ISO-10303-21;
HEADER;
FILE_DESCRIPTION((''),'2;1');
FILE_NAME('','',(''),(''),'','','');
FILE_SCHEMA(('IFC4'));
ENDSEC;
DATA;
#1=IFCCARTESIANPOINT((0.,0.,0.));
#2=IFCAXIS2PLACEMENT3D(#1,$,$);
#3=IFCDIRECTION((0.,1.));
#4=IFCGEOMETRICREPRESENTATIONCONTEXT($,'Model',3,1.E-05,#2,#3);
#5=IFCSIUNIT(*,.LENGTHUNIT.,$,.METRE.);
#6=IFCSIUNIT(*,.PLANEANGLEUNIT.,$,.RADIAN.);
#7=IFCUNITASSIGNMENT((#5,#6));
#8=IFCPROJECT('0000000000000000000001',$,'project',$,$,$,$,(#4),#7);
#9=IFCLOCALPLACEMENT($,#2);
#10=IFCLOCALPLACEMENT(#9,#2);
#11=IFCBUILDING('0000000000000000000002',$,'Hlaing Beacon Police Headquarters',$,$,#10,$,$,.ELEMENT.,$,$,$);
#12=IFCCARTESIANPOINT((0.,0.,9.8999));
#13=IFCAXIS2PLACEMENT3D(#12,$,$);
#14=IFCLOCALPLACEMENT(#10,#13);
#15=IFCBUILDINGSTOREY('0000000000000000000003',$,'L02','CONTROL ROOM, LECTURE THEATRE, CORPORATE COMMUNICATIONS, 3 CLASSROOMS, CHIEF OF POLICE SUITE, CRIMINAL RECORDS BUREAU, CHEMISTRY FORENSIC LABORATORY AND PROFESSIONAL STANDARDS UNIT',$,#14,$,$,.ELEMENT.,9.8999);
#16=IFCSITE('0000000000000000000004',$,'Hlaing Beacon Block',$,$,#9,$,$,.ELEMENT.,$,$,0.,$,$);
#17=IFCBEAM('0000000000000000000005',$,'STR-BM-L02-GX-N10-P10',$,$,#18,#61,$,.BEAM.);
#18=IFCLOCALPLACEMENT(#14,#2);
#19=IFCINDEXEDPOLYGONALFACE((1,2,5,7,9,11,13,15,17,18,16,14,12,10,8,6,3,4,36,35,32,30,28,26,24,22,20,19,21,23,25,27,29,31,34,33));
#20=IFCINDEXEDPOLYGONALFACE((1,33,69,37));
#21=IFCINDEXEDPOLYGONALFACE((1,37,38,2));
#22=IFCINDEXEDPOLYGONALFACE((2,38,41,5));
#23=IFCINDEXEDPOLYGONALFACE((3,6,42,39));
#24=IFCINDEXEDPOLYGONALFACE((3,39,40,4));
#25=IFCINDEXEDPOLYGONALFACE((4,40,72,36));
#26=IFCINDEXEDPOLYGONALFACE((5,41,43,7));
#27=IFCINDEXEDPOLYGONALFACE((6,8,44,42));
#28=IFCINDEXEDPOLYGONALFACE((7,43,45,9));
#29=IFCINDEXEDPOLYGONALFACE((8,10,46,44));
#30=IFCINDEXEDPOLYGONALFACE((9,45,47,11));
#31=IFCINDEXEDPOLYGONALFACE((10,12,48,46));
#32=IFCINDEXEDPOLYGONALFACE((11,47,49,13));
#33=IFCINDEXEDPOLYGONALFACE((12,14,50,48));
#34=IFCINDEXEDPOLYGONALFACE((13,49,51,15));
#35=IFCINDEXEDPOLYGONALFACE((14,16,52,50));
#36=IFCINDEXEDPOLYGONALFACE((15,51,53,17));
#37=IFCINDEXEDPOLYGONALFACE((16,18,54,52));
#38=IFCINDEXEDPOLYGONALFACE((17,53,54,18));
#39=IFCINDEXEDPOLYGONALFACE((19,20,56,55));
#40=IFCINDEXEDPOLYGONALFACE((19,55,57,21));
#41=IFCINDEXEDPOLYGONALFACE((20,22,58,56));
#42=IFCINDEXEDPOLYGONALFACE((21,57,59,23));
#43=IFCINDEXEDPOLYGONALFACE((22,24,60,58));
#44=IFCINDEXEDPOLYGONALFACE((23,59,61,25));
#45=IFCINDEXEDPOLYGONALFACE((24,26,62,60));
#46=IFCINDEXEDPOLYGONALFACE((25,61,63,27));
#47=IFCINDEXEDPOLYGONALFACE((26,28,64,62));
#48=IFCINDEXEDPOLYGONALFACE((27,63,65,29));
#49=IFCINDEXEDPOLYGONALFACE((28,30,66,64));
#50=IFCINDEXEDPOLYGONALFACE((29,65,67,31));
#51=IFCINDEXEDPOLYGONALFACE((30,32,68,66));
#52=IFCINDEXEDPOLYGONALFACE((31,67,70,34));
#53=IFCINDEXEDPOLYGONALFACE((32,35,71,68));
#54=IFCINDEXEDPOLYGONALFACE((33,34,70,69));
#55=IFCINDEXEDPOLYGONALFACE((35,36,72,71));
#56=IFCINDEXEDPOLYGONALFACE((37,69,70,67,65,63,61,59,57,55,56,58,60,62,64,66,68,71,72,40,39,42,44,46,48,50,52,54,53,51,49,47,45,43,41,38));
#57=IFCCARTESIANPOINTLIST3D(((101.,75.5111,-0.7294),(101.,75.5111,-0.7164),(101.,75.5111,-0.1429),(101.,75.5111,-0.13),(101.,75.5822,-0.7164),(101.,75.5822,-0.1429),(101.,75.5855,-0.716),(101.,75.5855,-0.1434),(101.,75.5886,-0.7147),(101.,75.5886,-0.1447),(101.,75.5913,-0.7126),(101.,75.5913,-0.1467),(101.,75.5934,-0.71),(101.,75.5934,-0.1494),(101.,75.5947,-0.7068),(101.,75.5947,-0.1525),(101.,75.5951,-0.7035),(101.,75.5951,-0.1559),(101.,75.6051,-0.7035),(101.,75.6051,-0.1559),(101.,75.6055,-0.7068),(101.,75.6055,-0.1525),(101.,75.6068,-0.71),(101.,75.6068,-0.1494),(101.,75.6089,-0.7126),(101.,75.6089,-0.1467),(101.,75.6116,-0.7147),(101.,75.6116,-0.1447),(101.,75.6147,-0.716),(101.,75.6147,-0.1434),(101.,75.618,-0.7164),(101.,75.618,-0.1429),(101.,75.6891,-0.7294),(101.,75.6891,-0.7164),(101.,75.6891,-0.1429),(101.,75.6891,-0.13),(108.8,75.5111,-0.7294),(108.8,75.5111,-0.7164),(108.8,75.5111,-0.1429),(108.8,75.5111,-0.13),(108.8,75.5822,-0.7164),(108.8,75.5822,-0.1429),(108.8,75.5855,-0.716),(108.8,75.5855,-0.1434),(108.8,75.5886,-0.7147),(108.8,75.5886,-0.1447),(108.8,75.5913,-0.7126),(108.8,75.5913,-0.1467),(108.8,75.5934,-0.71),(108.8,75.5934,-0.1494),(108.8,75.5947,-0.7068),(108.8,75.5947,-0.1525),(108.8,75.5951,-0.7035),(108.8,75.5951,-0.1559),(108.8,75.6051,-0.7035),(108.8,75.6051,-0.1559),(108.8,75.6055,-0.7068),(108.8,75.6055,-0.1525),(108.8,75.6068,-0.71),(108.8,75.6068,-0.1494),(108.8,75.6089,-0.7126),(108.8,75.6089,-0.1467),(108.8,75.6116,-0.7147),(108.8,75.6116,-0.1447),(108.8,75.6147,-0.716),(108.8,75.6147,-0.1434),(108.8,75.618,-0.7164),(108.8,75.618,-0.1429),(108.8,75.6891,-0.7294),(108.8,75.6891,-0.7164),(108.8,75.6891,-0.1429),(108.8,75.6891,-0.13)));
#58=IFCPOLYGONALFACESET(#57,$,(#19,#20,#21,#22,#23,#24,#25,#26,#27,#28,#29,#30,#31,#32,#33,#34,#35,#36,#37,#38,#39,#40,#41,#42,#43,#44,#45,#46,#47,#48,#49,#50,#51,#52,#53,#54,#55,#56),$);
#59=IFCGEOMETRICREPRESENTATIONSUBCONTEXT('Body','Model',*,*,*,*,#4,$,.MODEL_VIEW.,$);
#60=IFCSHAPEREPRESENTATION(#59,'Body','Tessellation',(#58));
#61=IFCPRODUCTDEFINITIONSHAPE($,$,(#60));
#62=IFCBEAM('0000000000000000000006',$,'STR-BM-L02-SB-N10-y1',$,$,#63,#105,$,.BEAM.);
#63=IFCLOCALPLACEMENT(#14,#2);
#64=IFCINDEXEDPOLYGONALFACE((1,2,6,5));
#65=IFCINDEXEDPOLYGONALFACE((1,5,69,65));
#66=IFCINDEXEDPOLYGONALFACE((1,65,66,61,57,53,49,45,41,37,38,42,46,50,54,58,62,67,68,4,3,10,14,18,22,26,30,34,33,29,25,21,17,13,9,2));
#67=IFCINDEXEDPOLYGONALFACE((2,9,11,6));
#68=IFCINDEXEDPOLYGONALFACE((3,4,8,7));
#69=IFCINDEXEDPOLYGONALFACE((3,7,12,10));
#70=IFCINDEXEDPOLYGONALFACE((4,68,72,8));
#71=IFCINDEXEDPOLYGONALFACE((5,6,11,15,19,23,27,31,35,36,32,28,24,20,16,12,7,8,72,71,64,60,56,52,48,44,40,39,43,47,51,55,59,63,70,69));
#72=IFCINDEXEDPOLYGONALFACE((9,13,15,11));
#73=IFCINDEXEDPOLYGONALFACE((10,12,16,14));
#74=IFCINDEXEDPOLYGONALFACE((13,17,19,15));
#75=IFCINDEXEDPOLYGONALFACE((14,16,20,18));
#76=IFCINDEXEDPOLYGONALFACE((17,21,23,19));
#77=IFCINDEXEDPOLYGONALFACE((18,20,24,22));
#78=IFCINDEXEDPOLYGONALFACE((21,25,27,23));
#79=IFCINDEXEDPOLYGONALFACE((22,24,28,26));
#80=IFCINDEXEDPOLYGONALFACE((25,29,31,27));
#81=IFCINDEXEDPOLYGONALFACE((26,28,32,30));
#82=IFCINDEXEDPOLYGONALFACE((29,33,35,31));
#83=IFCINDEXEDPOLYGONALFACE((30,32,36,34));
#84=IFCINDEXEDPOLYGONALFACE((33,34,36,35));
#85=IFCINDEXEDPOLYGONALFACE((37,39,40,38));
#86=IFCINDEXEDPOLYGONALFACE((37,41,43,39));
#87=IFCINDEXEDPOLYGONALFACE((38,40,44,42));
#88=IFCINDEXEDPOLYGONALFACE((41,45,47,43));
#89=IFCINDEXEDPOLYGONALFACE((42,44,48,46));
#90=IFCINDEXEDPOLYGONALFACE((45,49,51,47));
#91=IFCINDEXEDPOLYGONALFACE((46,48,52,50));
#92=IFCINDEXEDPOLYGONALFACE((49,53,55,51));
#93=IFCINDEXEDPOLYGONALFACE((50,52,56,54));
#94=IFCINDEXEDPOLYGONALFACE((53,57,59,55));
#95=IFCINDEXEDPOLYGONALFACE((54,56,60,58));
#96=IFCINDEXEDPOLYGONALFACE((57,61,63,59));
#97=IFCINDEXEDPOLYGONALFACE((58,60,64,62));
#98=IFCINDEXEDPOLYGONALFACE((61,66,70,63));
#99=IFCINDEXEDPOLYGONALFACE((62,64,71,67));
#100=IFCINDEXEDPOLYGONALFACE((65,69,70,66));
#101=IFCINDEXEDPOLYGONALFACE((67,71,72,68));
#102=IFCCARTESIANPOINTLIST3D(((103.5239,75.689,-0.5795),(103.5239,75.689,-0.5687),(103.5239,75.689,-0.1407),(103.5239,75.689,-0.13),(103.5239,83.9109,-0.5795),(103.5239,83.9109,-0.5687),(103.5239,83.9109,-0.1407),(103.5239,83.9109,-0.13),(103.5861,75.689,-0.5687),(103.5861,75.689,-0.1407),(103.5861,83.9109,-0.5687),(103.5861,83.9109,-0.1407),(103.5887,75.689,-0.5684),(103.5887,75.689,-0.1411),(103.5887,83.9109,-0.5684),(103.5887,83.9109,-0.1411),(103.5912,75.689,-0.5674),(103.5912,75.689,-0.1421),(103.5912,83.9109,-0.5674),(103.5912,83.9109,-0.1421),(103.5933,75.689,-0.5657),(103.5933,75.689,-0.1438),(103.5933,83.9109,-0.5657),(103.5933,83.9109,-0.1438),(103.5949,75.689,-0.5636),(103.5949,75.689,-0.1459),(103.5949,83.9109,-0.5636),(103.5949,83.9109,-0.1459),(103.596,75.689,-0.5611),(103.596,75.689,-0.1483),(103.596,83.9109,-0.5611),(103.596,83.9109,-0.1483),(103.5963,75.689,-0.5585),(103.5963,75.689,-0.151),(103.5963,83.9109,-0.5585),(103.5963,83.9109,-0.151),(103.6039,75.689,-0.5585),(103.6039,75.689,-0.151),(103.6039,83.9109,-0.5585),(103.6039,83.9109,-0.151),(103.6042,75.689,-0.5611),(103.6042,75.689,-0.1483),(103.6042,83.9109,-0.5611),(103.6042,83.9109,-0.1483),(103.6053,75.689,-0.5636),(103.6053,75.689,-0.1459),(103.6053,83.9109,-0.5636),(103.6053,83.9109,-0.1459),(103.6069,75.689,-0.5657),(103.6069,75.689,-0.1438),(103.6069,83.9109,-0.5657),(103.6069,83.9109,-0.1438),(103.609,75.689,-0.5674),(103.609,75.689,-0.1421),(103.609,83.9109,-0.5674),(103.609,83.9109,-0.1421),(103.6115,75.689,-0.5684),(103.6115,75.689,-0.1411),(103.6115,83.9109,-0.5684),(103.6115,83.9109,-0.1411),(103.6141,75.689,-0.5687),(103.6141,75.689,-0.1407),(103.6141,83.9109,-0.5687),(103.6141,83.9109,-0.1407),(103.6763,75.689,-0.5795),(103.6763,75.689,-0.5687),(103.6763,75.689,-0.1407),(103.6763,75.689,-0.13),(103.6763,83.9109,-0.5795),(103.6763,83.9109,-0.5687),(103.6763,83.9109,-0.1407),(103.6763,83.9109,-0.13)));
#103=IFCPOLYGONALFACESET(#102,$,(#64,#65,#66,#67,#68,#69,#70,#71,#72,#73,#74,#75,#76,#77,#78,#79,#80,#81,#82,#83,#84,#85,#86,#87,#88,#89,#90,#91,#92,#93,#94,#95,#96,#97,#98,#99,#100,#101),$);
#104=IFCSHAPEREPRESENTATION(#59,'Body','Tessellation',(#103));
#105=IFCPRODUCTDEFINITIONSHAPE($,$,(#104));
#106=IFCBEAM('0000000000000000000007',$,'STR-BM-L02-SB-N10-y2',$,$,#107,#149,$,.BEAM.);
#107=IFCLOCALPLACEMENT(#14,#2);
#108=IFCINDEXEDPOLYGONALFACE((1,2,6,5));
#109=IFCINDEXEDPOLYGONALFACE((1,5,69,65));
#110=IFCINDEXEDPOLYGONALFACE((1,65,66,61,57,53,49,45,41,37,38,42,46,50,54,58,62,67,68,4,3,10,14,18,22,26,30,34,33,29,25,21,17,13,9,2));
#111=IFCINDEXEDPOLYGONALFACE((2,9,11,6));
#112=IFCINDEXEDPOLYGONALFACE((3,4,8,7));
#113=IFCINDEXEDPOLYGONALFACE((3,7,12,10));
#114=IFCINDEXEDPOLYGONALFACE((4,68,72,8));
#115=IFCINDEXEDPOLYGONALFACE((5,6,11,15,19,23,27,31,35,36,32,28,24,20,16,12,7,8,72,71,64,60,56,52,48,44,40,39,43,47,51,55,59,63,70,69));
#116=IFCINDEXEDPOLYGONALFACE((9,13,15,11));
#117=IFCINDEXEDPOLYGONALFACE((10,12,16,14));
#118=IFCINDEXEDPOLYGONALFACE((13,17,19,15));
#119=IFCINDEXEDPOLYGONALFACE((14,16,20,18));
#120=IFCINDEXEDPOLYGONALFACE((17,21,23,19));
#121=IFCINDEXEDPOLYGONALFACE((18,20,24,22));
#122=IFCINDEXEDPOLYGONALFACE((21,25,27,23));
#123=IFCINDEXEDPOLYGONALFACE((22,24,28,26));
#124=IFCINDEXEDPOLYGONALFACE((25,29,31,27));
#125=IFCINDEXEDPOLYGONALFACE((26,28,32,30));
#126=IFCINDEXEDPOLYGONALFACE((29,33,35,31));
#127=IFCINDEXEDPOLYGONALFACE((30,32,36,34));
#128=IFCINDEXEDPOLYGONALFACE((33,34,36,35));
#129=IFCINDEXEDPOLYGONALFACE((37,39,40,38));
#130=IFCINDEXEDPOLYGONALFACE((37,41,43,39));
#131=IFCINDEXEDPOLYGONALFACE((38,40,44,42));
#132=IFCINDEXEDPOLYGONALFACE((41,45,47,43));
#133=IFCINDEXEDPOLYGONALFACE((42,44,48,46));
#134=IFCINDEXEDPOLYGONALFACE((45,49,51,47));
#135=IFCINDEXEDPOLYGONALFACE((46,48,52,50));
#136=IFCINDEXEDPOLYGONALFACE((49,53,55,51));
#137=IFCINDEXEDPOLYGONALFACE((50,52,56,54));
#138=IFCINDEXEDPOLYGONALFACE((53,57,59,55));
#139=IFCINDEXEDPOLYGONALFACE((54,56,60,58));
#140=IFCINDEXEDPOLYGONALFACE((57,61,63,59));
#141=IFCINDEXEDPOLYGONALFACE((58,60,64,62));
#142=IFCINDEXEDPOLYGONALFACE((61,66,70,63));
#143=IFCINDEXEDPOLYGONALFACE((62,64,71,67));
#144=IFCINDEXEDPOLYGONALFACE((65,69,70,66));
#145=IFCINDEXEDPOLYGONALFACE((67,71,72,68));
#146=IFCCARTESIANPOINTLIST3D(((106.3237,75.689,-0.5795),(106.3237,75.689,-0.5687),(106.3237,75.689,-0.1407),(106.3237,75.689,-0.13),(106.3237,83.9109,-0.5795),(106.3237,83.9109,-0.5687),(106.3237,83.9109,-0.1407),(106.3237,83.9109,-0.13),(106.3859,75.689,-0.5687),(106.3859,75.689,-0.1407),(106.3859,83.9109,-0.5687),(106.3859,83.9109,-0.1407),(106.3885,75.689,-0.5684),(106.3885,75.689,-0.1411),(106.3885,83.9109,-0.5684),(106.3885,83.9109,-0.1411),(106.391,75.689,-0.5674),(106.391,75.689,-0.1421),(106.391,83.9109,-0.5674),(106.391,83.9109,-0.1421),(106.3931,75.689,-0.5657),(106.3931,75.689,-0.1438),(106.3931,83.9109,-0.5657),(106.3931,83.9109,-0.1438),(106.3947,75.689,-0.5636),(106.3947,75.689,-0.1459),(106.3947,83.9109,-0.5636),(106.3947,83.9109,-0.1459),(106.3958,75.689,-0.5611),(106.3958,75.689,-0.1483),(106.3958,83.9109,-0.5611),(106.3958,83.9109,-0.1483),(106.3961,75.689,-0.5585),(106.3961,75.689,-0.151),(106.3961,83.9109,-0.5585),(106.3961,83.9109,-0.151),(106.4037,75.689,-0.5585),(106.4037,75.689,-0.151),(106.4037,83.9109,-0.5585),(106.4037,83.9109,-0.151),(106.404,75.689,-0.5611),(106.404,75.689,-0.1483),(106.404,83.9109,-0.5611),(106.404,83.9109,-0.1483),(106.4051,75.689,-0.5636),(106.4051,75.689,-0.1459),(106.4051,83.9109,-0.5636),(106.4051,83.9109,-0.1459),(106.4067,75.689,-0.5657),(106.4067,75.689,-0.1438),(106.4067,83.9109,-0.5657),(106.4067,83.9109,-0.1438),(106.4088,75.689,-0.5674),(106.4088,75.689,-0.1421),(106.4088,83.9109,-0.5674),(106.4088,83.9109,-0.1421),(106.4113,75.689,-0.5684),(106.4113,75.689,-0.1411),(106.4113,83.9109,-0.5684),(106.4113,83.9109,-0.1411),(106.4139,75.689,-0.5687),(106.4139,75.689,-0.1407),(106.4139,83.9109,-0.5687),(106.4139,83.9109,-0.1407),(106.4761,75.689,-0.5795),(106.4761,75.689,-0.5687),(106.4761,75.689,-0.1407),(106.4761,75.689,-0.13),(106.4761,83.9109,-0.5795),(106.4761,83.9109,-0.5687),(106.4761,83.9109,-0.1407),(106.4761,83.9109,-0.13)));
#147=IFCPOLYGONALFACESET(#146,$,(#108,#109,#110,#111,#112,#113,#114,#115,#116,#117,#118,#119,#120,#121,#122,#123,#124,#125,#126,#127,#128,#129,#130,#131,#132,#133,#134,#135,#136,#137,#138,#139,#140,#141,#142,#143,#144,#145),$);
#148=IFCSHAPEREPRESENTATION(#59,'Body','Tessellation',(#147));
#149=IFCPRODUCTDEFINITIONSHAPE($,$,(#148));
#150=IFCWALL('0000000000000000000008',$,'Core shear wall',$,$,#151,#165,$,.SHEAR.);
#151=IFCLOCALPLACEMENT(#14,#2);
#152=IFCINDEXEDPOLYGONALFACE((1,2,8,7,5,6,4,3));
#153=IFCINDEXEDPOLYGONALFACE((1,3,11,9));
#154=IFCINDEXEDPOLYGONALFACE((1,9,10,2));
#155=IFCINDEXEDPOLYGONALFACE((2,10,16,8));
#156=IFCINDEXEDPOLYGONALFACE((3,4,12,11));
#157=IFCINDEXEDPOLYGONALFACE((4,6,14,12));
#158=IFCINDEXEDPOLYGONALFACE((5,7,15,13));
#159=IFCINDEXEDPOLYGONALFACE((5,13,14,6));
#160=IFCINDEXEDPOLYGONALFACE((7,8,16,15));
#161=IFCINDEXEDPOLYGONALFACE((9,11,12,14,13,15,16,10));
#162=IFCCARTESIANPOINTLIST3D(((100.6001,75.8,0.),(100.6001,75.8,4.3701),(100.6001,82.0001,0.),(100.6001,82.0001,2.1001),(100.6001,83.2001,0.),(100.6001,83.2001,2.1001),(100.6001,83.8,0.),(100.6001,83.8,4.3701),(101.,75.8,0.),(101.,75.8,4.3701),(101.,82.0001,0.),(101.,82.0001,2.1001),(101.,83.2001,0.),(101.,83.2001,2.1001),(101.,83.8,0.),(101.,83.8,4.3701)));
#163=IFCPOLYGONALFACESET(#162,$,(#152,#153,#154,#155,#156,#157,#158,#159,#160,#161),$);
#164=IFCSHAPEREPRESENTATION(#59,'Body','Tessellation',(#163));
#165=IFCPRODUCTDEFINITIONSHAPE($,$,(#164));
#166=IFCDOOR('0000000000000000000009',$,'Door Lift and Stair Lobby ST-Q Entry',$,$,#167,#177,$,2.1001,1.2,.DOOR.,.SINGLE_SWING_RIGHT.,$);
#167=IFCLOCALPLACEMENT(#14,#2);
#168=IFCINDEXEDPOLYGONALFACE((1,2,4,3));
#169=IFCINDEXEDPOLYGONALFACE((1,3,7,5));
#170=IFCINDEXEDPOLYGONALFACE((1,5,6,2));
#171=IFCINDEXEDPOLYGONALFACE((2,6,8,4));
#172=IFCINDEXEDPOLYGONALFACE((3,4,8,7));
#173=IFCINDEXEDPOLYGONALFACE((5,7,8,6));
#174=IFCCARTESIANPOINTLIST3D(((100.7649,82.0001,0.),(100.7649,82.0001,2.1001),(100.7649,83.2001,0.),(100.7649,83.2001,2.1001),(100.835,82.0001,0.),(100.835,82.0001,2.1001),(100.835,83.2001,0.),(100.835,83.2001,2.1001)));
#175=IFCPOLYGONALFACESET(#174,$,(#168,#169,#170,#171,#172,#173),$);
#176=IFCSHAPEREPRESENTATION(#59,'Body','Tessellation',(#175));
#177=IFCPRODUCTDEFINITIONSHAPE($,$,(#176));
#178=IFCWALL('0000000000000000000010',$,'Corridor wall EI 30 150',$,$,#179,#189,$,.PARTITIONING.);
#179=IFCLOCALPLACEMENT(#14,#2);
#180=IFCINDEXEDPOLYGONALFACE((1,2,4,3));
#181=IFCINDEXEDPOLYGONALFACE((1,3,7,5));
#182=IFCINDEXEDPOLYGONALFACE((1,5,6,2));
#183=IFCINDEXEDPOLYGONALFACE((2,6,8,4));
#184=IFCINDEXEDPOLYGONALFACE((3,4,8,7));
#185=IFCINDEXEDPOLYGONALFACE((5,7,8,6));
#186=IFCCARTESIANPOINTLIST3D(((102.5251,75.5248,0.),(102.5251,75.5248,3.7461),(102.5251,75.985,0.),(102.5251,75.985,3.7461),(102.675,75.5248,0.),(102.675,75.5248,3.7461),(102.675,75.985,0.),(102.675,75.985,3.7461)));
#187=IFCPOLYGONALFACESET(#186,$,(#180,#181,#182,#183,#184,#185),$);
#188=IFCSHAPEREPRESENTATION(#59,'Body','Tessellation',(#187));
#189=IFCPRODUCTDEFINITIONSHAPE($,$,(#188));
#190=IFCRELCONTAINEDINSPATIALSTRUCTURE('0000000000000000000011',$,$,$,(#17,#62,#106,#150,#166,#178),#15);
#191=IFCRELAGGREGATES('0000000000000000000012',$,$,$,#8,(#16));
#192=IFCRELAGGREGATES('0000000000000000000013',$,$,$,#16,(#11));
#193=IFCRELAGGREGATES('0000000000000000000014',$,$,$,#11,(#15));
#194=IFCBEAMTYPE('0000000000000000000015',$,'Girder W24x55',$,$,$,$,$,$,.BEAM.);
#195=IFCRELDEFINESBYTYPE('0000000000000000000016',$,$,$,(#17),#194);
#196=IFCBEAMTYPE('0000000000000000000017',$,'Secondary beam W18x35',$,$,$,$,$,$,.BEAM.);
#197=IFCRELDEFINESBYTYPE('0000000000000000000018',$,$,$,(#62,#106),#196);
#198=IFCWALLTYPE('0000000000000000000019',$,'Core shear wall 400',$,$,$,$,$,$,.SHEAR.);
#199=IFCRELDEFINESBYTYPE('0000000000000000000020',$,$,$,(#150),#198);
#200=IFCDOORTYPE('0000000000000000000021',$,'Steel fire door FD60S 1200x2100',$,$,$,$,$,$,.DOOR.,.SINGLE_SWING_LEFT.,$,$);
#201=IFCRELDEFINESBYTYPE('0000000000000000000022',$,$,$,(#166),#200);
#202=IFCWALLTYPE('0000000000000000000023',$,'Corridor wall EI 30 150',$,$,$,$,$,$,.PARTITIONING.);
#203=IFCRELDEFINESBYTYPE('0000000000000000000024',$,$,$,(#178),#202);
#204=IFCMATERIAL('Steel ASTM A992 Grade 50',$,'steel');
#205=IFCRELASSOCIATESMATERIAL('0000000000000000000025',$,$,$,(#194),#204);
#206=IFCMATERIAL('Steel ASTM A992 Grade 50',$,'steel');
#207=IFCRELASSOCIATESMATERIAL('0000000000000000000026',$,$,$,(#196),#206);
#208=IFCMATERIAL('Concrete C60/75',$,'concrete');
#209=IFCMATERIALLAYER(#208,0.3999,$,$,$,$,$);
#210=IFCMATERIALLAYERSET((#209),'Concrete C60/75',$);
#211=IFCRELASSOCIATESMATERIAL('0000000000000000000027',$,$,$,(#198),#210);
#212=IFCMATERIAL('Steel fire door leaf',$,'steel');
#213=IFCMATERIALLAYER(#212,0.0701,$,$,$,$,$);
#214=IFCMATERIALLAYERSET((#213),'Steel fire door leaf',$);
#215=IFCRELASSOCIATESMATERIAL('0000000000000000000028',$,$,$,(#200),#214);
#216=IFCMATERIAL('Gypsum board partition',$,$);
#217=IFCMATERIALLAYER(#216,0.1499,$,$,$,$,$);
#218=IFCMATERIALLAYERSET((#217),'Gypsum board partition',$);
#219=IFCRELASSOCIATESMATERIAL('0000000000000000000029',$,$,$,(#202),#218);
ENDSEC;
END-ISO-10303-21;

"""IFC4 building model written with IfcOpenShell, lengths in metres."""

from ifc_helpers import new_model, si_unit, direction, frame, frame_2d, origin, origin_2d, place, context, subcontext, project, spatial, rectangle, i_section, extrude, material, layer, layer_set, material_profile, profile_set, type_object, element, fill, save


model = new_model("IFC4")

# Units and contexts
model_context = context("Model", 3, precision=1e-05, world=origin(), true_north=direction((0.0, 1.0)))
body_context = subcontext(model_context, "Body", "Model", "MODEL_VIEW")
ifc_project = project(units=[si_unit("LENGTHUNIT", "METRE"), si_unit("PLANEANGLEUNIT", "RADIAN")], contexts=[model_context])

# Site, building, storey
site_placement = place(None, origin())
site = spatial("IfcSite", under=ifc_project, at=site_placement, Name="Hlaing Beacon Block", CompositionType="ELEMENT", RefElevation=0.0)
building_placement = place(site_placement, origin())
building = spatial("IfcBuilding", under=site, at=building_placement, Name="Hlaing Beacon Police Headquarters", CompositionType="ELEMENT")
storey_placement = place(building_placement, frame((0.0, 0.0, 9.8999)))
storey = spatial("IfcBuildingStorey", under=building, at=storey_placement, Name="L02", Description="CONTROL ROOM, LECTURE THEATRE, CORPORATE COMMUNICATIONS, 3 CLASSROOMS, CHIEF OF POLICE SUITE, CRIMINAL RECORDS BUREAU, CHEMISTRY FORENSIC LABORATORY AND PROFESSIONAL STANDARDS UNIT", CompositionType="ELEMENT", Elevation=9.8999)

# Beams
ifc_material_1 = material(Name="Steel ASTM A992 Grade 50", Category="steel")
ifc_material_profile_1 = material_profile(ifc_material_1, i_section(OverallWidth=0.178, OverallDepth=0.5994, WebThickness=0.01, FlangeThickness=0.0129, FilletRadius=0.0129, at=origin_2d()), Name="W24x55")
ifc_profile_set_1 = profile_set([ifc_material_profile_1], Name="Steel ASTM A992 Grade 50")
beam_type_1 = type_object("IfcBeamType", Name="Girder W24x55", PredefinedType="BEAM", material=ifc_profile_set_1)
beam_placement = place(storey_placement, frame((101.0, 75.6001, -0.4297), z_axis=(1.0, 0.0, 0.0), x_axis=(0.0, 1.0, 0.0)))
element("IfcBeam", 1, at=beam_placement, inside=storey, type_object=beam_type_1, Name="STR-BM-L02-GX-N10-P10", PredefinedType="BEAM", context=body_context, shape_type="SweptSolid", body=[
    extrude(i_section(OverallWidth=0.178, OverallDepth=0.5994, WebThickness=0.01, FlangeThickness=0.0129, FilletRadius=0.0129, at=origin_2d()), origin(), (0.0, 0.0, 1.0), 7.8),
])
ifc_material_2 = material(Name="Steel ASTM A992 Grade 50", Category="steel")
ifc_material_profile_2 = material_profile(ifc_material_2, i_section(OverallWidth=0.1523, OverallDepth=0.4495, WebThickness=0.0076, FlangeThickness=0.0107, FilletRadius=0.0103, at=origin_2d()), Name="W18x35")
ifc_profile_set_2 = profile_set([ifc_material_profile_2], Name="Steel ASTM A992 Grade 50")
beam_type_2 = type_object("IfcBeamType", Name="Secondary beam W18x35", PredefinedType="BEAM", material=ifc_profile_set_2)
for number, where, z_axis, x_axis, name in (
    (2, (103.6001, 75.689, -0.3547), (0.0, 1.0, 0.0), (-1.0, 0.0, 0.0), "STR-BM-L02-SB-N10-y1"),
    (3, (106.3999, 75.689, -0.3547), (0.0, 1.0, 0.0), (-1.0, 0.0, 0.0), "STR-BM-L02-SB-N10-y2"),
):
    element("IfcBeam", number, at=place(storey_placement, frame(where, z_axis=z_axis, x_axis=x_axis)), inside=storey, type_object=beam_type_2, Name=name, PredefinedType="BEAM", context=body_context, shape_type="SweptSolid", body=[
        extrude(i_section(OverallWidth=0.1523, OverallDepth=0.4495, WebThickness=0.0076, FlangeThickness=0.0107, FilletRadius=0.0103, at=origin_2d()), origin(), (0.0, 0.0, 1.0), 8.2219),
    ])

# Wall, opening, door
ifc_material_3 = material(Name="Concrete C60/75", Category="concrete")
ifc_layer_1 = layer(ifc_material_3, 0.3999)
ifc_layer_set_1 = layer_set([ifc_layer_1], Name="Concrete C60/75")
wall_type_1 = type_object("IfcWallType", Name="Core shear wall 400", PredefinedType="SHEAR", material=ifc_layer_set_1)
wall_1_placement = place(storey_placement, frame((100.8, 75.8, 0.0), z_axis=(0.0, 0.0, 1.0), x_axis=(0.0, 1.0, 0.0)))
wall_1 = element("IfcWall", 4, at=wall_1_placement, inside=storey, type_object=wall_type_1, Name="Core shear wall", PredefinedType="SHEAR", context=body_context, shape_type="SweptSolid", body=[
    extrude(rectangle(XDim=8.0, YDim=0.3999, at=frame_2d((4.0, 0.0))), origin(), (0.0, 0.0, 1.0), 4.3701),
])
opening_1_placement = place(wall_1_placement, frame((6.2, 0.0, 0.0)))
opening_1 = element("IfcOpeningElement", 5, at=opening_1_placement, cuts=wall_1, PredefinedType="OPENING", context=body_context, shape_type="SweptSolid", body=[
    extrude(rectangle(XDim=1.2, YDim=2.1001, at=frame_2d((0.6001, 1.05))), frame((0.0, 0.21, 0.0), z_axis=(0.0, -1.0, 0.0), x_axis=(1.0, 0.0, 0.0)), (0.0, 0.0, 1.0), 0.4199),
])
ifc_material_4 = material(Name="Steel fire door leaf", Category="steel")
ifc_layer_2 = layer(ifc_material_4, 0.0701)
ifc_layer_set_2 = layer_set([ifc_layer_2], Name="Steel fire door leaf")
door_type_1 = type_object("IfcDoorType", Name="Steel fire door FD60S 1200x2100", OperationType="SINGLE_SWING_LEFT", PredefinedType="DOOR", material=ifc_layer_set_2)
door_1_placement = place(opening_1_placement, origin())
door_1 = element("IfcDoor", 6, at=door_1_placement, inside=storey, type_object=door_type_1, Name="Door Lift and Stair Lobby ST-Q Entry", OperationType="SINGLE_SWING_RIGHT", OverallHeight=2.1001, OverallWidth=1.2, PredefinedType="DOOR", context=body_context, shape_type="SweptSolid", body=[
    extrude(rectangle(XDim=1.2, YDim=2.1001, at=frame_2d((0.6001, 1.05))), frame((0.0, 0.0352, 0.0), z_axis=(0.0, -1.0, 0.0), x_axis=(1.0, 0.0, 0.0)), (0.0, 0.0, 1.0), 0.0701),
])
fill(opening_1, door_1)

# Wall
ifc_material_5 = material(Name="Gypsum board partition")
ifc_layer_3 = layer(ifc_material_5, 0.1499)
ifc_layer_set_3 = layer_set([ifc_layer_3], Name="Gypsum board partition")
wall_type_2 = type_object("IfcWallType", Name="Corridor wall EI 30 150", PredefinedType="PARTITIONING", material=ifc_layer_set_3)
wall_2_placement = place(storey_placement, frame((102.6001, 75.5249, 0.0), z_axis=(0.0, 0.0, 1.0), x_axis=(0.0, 1.0, 0.0)))
element("IfcWall", 7, at=wall_2_placement, inside=storey, type_object=wall_type_2, Name="Corridor wall EI 30 150", PredefinedType="PARTITIONING", context=body_context, shape_type="SweptSolid", body=[
    extrude(rectangle(XDim=0.4602, YDim=0.1499, at=frame_2d((0.23, 0.0))), origin(), (0.0, 0.0, 1.0), 3.7461),
])

save(model, "model.ifc")
